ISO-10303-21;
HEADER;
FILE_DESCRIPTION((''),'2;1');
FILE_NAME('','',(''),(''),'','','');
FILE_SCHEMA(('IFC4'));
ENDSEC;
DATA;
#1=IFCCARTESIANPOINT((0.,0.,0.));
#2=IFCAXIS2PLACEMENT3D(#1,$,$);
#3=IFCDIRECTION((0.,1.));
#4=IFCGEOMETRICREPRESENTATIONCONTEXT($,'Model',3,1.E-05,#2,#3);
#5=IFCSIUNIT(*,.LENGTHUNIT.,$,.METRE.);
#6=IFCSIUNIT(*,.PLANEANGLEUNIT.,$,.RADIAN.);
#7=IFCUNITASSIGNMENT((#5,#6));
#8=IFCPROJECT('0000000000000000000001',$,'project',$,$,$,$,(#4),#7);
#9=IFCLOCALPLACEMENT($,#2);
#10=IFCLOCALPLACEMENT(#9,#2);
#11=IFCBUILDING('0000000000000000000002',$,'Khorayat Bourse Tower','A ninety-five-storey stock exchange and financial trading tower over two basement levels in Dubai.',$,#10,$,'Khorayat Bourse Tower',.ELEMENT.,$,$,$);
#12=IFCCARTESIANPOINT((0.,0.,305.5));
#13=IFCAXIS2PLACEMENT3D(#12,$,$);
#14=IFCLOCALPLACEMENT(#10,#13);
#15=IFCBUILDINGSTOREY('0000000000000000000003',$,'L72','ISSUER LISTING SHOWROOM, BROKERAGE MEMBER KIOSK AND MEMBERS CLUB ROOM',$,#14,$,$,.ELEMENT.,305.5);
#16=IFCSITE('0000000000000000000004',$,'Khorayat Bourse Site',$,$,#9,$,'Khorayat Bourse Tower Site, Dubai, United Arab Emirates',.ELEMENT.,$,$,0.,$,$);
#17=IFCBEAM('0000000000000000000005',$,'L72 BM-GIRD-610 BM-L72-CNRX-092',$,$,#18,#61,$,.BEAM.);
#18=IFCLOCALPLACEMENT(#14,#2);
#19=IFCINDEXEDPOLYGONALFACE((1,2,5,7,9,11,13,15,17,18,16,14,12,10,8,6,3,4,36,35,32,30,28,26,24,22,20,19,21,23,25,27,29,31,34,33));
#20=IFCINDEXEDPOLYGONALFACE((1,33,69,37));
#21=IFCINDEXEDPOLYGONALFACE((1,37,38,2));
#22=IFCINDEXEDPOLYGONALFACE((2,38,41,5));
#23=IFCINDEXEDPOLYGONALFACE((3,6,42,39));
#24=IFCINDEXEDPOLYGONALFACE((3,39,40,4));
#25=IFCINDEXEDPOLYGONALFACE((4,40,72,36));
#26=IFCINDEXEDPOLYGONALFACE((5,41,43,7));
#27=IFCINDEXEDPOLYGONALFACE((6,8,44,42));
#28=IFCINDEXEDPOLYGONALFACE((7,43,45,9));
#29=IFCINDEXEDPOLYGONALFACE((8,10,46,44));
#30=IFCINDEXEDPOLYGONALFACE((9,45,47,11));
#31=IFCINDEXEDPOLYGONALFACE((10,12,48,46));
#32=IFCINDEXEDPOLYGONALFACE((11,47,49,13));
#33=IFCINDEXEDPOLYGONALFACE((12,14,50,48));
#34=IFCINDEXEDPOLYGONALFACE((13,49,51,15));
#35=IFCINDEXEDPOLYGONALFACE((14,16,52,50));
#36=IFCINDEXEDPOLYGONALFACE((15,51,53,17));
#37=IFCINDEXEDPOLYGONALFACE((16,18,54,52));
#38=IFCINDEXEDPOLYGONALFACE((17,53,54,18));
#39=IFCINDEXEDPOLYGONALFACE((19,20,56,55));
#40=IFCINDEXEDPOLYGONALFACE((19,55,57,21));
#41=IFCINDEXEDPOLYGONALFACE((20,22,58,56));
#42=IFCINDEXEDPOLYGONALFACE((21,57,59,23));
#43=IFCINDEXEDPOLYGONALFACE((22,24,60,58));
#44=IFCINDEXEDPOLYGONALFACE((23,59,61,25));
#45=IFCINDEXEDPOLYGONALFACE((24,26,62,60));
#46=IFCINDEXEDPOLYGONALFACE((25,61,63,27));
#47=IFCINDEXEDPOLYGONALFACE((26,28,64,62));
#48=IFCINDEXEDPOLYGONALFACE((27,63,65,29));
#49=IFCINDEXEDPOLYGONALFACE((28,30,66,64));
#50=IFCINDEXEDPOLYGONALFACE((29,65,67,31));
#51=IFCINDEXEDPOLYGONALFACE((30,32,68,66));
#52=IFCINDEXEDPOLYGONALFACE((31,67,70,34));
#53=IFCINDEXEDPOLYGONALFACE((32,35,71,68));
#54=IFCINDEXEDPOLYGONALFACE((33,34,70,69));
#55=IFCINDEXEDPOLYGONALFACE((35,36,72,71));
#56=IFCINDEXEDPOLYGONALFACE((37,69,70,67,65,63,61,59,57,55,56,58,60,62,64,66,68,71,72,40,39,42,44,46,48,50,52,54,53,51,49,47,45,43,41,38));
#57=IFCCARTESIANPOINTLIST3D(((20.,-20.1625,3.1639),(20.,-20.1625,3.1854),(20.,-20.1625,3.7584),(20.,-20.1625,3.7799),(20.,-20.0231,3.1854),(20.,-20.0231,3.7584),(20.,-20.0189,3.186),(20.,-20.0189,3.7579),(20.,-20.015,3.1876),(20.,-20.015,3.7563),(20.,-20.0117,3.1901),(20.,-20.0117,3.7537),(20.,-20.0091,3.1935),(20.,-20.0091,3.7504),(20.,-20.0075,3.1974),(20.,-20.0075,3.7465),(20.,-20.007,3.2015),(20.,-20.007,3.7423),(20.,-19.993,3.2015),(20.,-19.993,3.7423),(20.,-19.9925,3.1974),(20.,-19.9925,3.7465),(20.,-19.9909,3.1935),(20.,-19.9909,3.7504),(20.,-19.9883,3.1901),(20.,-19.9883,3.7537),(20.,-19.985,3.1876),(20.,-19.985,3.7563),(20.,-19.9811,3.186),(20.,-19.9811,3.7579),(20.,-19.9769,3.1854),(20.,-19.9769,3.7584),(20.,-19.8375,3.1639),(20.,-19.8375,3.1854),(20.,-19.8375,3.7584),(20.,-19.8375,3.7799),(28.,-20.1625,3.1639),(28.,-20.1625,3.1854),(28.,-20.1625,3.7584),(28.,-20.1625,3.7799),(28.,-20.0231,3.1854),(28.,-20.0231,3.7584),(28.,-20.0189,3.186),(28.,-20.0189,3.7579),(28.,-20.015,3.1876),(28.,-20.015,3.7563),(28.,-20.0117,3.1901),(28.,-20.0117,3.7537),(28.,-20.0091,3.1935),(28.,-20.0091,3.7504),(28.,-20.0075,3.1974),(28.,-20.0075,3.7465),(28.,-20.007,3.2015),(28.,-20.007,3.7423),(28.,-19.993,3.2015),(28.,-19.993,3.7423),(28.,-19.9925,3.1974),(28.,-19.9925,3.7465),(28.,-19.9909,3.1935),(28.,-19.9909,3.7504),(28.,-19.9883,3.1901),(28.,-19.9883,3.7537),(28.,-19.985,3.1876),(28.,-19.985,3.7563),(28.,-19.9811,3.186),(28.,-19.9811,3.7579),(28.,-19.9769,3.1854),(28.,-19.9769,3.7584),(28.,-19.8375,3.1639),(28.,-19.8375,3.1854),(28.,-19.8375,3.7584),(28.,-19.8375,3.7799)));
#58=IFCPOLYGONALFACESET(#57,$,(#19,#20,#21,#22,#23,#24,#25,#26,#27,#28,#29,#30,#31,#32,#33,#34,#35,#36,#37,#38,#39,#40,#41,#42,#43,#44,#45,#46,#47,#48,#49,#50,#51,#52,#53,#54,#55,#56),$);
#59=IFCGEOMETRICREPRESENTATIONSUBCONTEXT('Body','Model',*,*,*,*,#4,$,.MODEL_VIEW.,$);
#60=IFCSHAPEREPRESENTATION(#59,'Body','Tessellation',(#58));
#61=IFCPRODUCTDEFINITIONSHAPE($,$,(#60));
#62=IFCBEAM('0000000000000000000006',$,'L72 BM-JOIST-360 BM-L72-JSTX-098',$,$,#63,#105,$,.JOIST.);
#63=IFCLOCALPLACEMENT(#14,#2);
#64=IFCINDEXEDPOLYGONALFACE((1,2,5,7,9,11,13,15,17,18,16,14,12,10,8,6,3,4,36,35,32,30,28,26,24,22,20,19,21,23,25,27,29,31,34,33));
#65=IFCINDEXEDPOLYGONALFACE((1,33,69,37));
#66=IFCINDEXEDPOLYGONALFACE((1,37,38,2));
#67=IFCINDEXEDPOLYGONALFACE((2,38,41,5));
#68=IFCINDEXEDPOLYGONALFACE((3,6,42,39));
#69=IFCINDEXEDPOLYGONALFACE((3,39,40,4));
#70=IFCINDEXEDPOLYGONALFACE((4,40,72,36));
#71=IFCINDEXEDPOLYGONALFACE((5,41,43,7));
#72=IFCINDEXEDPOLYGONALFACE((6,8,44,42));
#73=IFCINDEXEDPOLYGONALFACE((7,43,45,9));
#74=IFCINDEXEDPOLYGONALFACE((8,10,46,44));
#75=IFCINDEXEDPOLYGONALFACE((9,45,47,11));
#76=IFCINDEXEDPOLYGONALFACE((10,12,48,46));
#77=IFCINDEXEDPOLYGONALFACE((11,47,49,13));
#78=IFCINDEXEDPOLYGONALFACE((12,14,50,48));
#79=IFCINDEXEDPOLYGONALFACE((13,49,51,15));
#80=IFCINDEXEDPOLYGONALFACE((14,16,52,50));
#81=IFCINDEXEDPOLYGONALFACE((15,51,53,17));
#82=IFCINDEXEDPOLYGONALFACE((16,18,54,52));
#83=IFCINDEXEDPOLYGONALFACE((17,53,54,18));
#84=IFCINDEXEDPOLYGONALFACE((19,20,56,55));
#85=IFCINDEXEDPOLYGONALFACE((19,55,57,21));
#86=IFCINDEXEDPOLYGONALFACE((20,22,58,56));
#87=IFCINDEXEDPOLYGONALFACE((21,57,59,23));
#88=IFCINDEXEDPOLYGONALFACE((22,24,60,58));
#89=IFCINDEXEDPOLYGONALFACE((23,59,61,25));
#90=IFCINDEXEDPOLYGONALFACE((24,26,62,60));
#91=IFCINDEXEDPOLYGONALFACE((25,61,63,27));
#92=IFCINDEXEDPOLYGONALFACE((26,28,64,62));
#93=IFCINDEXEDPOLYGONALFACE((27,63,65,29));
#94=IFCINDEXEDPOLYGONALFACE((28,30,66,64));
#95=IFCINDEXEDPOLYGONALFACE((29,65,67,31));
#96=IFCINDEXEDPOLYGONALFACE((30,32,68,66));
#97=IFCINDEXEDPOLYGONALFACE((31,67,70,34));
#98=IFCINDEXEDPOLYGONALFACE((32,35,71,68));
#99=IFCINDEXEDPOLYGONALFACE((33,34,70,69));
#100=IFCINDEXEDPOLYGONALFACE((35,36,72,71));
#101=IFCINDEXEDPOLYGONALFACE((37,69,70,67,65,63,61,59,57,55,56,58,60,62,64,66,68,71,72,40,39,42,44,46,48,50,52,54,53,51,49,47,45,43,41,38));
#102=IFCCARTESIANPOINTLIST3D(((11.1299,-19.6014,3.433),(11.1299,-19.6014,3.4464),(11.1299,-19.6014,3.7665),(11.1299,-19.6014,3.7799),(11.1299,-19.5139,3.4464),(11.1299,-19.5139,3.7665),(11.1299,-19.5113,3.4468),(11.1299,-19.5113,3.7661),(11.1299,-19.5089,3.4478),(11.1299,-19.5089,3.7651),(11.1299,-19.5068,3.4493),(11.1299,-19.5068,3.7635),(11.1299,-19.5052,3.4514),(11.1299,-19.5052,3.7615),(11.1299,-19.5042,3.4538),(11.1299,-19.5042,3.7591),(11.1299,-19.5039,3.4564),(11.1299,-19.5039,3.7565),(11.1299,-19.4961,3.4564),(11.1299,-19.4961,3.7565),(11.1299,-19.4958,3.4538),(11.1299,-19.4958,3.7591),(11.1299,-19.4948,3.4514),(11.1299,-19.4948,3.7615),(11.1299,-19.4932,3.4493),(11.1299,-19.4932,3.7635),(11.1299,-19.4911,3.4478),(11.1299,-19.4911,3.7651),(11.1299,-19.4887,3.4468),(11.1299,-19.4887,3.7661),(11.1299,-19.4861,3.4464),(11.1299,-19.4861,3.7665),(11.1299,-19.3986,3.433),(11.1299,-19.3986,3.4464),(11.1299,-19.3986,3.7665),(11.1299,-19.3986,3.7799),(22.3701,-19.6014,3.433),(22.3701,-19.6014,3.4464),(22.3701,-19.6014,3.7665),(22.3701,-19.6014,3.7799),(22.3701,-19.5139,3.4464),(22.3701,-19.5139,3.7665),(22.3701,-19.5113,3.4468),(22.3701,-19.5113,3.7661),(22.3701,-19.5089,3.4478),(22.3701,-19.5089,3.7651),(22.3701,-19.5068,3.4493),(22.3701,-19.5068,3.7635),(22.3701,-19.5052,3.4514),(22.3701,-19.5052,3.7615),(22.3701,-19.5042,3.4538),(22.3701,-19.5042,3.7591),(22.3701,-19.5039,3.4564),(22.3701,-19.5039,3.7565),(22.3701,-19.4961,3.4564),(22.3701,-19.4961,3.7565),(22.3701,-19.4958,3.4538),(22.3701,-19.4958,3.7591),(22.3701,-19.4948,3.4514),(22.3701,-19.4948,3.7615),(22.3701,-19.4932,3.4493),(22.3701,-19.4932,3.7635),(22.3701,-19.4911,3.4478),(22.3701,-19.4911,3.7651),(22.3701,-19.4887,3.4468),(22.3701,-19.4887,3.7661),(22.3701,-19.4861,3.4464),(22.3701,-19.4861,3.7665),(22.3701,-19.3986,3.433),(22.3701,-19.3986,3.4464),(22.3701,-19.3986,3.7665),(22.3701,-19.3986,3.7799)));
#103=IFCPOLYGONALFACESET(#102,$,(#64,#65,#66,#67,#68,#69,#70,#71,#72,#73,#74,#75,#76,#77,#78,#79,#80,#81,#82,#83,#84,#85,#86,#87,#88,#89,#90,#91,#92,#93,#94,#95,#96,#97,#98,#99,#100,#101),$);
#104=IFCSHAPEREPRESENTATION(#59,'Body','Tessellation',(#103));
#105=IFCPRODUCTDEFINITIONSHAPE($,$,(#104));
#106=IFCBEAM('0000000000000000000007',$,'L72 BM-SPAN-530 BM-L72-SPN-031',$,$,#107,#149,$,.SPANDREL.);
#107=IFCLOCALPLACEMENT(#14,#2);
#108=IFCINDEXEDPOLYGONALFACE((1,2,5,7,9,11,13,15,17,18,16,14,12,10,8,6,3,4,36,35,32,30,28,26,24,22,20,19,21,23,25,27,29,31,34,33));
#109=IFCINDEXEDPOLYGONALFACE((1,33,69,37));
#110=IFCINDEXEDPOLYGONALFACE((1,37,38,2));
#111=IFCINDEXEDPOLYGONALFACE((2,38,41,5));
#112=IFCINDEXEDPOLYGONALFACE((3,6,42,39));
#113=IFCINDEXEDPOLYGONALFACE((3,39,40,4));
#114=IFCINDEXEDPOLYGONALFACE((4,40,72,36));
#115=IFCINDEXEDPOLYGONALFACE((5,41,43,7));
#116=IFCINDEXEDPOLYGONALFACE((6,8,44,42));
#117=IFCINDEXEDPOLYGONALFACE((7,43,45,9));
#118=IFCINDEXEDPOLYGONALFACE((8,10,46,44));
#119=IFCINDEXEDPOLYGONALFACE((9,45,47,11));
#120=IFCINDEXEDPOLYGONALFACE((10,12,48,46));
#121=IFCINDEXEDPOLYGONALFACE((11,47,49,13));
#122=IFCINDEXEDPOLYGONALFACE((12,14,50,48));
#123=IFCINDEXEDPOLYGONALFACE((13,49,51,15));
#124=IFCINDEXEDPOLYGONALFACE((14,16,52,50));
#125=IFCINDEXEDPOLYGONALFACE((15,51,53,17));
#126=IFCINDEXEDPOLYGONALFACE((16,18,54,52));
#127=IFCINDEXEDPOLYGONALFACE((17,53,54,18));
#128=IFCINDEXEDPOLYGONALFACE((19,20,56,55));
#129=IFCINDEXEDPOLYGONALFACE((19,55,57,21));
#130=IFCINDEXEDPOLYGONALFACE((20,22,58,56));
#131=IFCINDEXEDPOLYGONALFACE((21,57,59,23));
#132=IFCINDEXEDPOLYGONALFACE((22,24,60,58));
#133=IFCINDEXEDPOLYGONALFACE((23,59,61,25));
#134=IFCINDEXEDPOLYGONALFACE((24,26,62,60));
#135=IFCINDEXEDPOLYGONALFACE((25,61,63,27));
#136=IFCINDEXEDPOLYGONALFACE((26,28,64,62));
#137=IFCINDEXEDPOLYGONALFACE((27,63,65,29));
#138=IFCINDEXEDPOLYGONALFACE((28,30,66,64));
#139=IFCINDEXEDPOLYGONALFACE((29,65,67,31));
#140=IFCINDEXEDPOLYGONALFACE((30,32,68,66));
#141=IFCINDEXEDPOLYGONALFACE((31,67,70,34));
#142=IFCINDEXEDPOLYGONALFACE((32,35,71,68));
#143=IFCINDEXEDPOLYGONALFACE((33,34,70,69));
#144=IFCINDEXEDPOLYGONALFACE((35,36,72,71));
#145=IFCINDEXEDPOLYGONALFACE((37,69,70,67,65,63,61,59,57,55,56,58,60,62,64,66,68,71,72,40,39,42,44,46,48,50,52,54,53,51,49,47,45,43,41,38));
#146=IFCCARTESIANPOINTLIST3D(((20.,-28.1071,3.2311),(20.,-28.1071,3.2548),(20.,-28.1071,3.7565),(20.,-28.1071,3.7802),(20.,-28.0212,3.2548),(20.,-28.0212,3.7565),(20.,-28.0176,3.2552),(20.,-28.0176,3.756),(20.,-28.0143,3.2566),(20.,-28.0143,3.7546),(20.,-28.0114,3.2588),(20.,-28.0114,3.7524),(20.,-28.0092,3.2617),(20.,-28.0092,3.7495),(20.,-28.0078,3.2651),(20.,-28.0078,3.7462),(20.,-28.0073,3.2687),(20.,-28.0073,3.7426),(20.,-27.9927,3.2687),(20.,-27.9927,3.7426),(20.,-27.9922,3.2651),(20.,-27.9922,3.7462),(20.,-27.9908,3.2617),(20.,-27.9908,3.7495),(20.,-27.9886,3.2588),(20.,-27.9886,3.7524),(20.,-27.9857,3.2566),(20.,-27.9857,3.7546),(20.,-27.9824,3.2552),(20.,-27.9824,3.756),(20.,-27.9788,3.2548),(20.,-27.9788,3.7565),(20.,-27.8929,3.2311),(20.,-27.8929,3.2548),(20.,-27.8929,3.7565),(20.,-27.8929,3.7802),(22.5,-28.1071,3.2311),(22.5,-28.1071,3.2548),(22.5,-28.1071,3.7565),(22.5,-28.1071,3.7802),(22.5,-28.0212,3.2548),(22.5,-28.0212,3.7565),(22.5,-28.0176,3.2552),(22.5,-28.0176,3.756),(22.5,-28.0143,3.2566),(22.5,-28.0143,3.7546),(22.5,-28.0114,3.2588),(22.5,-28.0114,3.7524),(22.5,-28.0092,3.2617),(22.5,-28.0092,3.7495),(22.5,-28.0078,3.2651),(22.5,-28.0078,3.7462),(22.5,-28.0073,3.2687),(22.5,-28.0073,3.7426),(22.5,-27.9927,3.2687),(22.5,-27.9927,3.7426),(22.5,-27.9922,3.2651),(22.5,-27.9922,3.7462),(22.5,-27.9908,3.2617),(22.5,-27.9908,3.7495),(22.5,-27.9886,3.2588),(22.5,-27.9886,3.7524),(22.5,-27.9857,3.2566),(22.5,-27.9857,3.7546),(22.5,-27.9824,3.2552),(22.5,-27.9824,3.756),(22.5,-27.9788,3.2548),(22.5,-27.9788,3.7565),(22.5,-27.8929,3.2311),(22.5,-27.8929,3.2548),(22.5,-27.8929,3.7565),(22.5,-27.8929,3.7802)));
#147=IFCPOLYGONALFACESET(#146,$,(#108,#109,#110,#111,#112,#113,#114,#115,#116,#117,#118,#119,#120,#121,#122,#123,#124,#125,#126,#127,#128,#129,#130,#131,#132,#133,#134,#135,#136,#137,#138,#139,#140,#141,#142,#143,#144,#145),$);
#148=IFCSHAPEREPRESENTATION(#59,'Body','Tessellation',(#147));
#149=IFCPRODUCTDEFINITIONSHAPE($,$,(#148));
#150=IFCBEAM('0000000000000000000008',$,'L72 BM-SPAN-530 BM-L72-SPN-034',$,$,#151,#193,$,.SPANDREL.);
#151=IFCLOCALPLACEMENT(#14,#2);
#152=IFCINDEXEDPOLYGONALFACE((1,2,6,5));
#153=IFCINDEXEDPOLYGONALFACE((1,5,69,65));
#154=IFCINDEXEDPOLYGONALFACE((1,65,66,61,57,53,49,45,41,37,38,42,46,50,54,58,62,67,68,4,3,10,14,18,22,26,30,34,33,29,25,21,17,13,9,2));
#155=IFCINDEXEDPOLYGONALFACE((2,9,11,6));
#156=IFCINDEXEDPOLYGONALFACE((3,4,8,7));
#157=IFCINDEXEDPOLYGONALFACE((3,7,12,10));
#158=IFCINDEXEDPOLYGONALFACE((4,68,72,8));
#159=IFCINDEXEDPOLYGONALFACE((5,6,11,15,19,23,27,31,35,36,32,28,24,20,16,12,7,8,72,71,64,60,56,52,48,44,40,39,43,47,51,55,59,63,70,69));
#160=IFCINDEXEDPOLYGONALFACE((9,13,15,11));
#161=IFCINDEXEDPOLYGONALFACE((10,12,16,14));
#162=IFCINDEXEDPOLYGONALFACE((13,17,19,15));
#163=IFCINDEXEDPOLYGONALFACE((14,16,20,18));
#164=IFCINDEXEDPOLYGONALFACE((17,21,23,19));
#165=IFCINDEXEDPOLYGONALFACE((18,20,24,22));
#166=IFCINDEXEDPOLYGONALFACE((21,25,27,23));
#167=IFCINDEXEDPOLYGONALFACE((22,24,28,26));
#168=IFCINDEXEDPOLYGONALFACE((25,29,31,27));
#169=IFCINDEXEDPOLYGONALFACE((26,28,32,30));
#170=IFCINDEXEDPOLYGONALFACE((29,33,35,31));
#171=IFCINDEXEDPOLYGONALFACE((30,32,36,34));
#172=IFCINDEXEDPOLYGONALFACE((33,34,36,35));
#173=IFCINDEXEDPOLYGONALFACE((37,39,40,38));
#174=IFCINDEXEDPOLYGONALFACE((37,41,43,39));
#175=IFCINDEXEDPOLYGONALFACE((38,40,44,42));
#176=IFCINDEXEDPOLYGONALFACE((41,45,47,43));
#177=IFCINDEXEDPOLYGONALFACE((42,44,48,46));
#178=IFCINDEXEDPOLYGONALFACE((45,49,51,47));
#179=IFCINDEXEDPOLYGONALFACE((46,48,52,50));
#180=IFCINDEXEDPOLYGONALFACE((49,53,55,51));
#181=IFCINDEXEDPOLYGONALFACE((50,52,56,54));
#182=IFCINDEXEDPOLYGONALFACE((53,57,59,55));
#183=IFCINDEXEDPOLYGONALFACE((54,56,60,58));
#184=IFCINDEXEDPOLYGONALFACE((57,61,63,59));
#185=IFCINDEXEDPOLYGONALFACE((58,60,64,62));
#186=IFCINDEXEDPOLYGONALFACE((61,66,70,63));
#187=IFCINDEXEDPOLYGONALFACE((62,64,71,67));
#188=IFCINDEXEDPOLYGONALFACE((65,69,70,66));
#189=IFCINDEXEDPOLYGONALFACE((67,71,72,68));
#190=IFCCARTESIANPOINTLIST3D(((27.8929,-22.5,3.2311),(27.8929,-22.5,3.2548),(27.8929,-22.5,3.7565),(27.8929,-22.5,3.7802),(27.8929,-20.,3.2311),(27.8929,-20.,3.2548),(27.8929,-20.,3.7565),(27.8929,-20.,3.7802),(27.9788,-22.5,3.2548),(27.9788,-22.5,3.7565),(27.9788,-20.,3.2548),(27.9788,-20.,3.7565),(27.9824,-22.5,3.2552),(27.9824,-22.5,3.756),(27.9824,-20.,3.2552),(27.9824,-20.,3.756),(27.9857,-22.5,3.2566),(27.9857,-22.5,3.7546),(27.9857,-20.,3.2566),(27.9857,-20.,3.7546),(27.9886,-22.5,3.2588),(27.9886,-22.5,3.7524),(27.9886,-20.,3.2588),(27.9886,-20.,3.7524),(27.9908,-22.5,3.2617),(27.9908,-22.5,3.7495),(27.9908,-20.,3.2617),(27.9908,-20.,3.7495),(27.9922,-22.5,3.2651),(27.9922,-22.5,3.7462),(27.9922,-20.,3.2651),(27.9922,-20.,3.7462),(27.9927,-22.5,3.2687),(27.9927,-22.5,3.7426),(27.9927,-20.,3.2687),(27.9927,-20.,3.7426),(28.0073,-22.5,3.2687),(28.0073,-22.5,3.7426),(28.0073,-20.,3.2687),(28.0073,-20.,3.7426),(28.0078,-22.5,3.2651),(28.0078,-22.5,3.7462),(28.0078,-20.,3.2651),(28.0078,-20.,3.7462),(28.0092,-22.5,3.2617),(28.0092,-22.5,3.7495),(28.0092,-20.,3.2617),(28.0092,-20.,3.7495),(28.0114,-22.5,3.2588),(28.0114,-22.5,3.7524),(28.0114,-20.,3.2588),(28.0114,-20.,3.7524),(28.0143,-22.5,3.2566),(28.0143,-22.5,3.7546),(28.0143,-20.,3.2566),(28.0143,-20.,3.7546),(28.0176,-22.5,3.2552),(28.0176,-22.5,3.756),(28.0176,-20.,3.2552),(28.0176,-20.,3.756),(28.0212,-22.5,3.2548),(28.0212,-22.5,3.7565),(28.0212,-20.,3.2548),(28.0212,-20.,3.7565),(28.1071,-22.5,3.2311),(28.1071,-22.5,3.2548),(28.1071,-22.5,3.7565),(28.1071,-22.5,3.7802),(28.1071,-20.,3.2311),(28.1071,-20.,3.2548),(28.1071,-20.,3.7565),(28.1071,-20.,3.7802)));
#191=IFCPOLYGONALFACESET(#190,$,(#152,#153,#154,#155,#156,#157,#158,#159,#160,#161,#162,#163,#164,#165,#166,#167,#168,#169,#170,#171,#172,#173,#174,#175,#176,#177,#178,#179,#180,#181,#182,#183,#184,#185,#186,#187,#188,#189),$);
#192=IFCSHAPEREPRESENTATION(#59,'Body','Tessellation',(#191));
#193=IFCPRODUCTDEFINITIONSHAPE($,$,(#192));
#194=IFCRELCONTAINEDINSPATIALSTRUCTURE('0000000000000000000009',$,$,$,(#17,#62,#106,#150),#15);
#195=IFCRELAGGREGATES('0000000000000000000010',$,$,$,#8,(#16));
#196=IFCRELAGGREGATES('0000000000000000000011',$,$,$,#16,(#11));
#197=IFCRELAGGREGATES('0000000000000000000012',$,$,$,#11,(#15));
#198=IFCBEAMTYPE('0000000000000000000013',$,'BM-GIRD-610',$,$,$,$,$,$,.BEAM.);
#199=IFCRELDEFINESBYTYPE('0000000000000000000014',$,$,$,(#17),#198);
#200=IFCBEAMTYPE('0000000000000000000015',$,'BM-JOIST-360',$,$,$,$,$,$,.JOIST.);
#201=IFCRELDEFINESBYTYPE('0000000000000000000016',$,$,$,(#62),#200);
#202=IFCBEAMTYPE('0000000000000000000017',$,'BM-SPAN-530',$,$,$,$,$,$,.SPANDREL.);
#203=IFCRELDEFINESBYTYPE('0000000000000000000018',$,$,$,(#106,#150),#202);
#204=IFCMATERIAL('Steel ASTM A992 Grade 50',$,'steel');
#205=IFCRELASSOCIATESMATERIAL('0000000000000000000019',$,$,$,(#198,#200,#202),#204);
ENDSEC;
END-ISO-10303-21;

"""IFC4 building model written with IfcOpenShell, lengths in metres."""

from ifc_helpers import new_model, si_unit, direction, frame, origin, origin_2d, place, context, subcontext, project, spatial, i_section, extrude, source, transform, mapped, material, material_profile, profile_set, type_object, element, save


model = new_model("IFC4")

# Units and contexts
model_context = context("Model", 3, precision=1e-05, world=origin(), true_north=direction((0.0, 1.0)))
body_context = subcontext(model_context, "Body", "Model", "MODEL_VIEW")
ifc_project = project(units=[si_unit("LENGTHUNIT", "METRE"), si_unit("PLANEANGLEUNIT", "RADIAN")], contexts=[model_context])

# Site, building, storey
site_placement = place(None, origin())
site = spatial("IfcSite", under=ifc_project, at=site_placement, Name="Khorayat Bourse Site", LongName="Khorayat Bourse Tower Site, Dubai, United Arab Emirates", CompositionType="ELEMENT", RefElevation=0.0)
building_placement = place(site_placement, origin())
building = spatial("IfcBuilding", under=site, at=building_placement, Name="Khorayat Bourse Tower", Description="A ninety-five-storey stock exchange and financial trading tower over two basement levels in Dubai.", LongName="Khorayat Bourse Tower", CompositionType="ELEMENT")
storey_placement = place(building_placement, frame((0.0, 0.0, 305.5)))
storey = spatial("IfcBuildingStorey", under=building, at=storey_placement, Name="L72", Description="ISSUER LISTING SHOWROOM, BROKERAGE MEMBER KIOSK AND MEMBERS CLUB ROOM", CompositionType="ELEMENT", Elevation=305.5)

# Beams
ifc_material_1 = material(Name="Steel ASTM A992 Grade 50", Category="steel")
ifc_material_profile_1 = material_profile(ifc_material_1, i_section(OverallWidth=0.325, OverallDepth=0.616, WebThickness=0.0139, FlangeThickness=0.0215, FilletRadius=0.0161, at=origin_2d()), Name="W610X174")
ifc_profile_set_1 = profile_set([ifc_material_profile_1], Name="Steel ASTM A992 Grade 50")
beam_type_1 = type_object("IfcBeamType", Name="BM-GIRD-610", PredefinedType="BEAM", material=ifc_profile_set_1)
shared_shape_1 = source(origin(), body_context, "Body", "SweptSolid", [
    extrude(i_section(OverallWidth=0.325, OverallDepth=0.616, WebThickness=0.0139, FlangeThickness=0.0215, FilletRadius=0.0161, at=origin_2d()), origin(), (0.0, 0.0, 1.0), 8.0),
])
beam_1_placement = place(storey_placement, frame((20.0, -20.0, 3.4719), z_axis=(1.0, 0.0, 0.0), x_axis=(0.0, 1.0, 0.0)))
element("IfcBeam", 1, at=beam_1_placement, inside=storey, type_object=beam_type_1, Name="L72 BM-GIRD-610 BM-L72-CNRX-092", PredefinedType="BEAM", context=body_context, shape_type="MappedRepresentation", body=[
    mapped(shared_shape_1, transform((0.0, 0.0, 0.0), scale=1.0)),
])
ifc_material_profile_2 = material_profile(ifc_material_1, i_section(OverallWidth=0.2029, OverallDepth=0.3469, WebThickness=0.0078, FlangeThickness=0.0134, FilletRadius=0.01, at=origin_2d()), Name="W360X64")
ifc_profile_set_2 = profile_set([ifc_material_profile_2], Name="Steel ASTM A992 Grade 50")
beam_type_2 = type_object("IfcBeamType", Name="BM-JOIST-360", PredefinedType="JOIST", material=ifc_profile_set_2)
shared_shape_2 = source(origin(), body_context, "Body", "SweptSolid", [
    extrude(i_section(OverallWidth=0.2029, OverallDepth=0.3469, WebThickness=0.0078, FlangeThickness=0.0134, FilletRadius=0.01, at=origin_2d()), origin(), (0.0, 0.0, 1.0), 11.2402),
])
beam_2_placement = place(storey_placement, frame((11.1299, -19.5, 3.6064), z_axis=(1.0, 0.0, 0.0), x_axis=(0.0, 1.0, 0.0)))
element("IfcBeam", 2, at=beam_2_placement, inside=storey, type_object=beam_type_2, Name="L72 BM-JOIST-360 BM-L72-JSTX-098", PredefinedType="JOIST", context=body_context, shape_type="MappedRepresentation", body=[
    mapped(shared_shape_2, transform((0.0, 0.0, 0.0), scale=1.0)),
])
ifc_material_profile_3 = material_profile(ifc_material_1, i_section(OverallWidth=0.2141, OverallDepth=0.5491, WebThickness=0.0146, FlangeThickness=0.0237, FilletRadius=0.0139, at=origin_2d()), Name="W530X138")
ifc_profile_set_3 = profile_set([ifc_material_profile_3], Name="Steel ASTM A992 Grade 50")
beam_type_3 = type_object("IfcBeamType", Name="BM-SPAN-530", PredefinedType="SPANDREL", material=ifc_profile_set_3)
shared_shape_3 = source(origin(), body_context, "Body", "SweptSolid", [
    extrude(i_section(OverallWidth=0.2141, OverallDepth=0.5491, WebThickness=0.0146, FlangeThickness=0.0237, FilletRadius=0.0139, at=origin_2d()), origin(), (0.0, 0.0, 1.0), 2.5),
])
for number, where, z_axis, x_axis, name in (
    (3, (20.0, -28.0, 3.5056), (1.0, 0.0, 0.0), (0.0, 1.0, 0.0), "L72 BM-SPAN-530 BM-L72-SPN-031"),
    (4, (28.0, -22.5, 3.5056), (0.0, 1.0, 0.0), (-1.0, 0.0, 0.0), "L72 BM-SPAN-530 BM-L72-SPN-034"),
):
    element("IfcBeam", number, at=place(storey_placement, frame(where, z_axis=z_axis, x_axis=x_axis)), inside=storey, type_object=beam_type_3, Name=name, PredefinedType="SPANDREL", context=body_context, shape_type="MappedRepresentation", body=[
        mapped(shared_shape_3, transform((0.0, 0.0, 0.0), scale=1.0)),
    ])

save(model, "model.ifc")
